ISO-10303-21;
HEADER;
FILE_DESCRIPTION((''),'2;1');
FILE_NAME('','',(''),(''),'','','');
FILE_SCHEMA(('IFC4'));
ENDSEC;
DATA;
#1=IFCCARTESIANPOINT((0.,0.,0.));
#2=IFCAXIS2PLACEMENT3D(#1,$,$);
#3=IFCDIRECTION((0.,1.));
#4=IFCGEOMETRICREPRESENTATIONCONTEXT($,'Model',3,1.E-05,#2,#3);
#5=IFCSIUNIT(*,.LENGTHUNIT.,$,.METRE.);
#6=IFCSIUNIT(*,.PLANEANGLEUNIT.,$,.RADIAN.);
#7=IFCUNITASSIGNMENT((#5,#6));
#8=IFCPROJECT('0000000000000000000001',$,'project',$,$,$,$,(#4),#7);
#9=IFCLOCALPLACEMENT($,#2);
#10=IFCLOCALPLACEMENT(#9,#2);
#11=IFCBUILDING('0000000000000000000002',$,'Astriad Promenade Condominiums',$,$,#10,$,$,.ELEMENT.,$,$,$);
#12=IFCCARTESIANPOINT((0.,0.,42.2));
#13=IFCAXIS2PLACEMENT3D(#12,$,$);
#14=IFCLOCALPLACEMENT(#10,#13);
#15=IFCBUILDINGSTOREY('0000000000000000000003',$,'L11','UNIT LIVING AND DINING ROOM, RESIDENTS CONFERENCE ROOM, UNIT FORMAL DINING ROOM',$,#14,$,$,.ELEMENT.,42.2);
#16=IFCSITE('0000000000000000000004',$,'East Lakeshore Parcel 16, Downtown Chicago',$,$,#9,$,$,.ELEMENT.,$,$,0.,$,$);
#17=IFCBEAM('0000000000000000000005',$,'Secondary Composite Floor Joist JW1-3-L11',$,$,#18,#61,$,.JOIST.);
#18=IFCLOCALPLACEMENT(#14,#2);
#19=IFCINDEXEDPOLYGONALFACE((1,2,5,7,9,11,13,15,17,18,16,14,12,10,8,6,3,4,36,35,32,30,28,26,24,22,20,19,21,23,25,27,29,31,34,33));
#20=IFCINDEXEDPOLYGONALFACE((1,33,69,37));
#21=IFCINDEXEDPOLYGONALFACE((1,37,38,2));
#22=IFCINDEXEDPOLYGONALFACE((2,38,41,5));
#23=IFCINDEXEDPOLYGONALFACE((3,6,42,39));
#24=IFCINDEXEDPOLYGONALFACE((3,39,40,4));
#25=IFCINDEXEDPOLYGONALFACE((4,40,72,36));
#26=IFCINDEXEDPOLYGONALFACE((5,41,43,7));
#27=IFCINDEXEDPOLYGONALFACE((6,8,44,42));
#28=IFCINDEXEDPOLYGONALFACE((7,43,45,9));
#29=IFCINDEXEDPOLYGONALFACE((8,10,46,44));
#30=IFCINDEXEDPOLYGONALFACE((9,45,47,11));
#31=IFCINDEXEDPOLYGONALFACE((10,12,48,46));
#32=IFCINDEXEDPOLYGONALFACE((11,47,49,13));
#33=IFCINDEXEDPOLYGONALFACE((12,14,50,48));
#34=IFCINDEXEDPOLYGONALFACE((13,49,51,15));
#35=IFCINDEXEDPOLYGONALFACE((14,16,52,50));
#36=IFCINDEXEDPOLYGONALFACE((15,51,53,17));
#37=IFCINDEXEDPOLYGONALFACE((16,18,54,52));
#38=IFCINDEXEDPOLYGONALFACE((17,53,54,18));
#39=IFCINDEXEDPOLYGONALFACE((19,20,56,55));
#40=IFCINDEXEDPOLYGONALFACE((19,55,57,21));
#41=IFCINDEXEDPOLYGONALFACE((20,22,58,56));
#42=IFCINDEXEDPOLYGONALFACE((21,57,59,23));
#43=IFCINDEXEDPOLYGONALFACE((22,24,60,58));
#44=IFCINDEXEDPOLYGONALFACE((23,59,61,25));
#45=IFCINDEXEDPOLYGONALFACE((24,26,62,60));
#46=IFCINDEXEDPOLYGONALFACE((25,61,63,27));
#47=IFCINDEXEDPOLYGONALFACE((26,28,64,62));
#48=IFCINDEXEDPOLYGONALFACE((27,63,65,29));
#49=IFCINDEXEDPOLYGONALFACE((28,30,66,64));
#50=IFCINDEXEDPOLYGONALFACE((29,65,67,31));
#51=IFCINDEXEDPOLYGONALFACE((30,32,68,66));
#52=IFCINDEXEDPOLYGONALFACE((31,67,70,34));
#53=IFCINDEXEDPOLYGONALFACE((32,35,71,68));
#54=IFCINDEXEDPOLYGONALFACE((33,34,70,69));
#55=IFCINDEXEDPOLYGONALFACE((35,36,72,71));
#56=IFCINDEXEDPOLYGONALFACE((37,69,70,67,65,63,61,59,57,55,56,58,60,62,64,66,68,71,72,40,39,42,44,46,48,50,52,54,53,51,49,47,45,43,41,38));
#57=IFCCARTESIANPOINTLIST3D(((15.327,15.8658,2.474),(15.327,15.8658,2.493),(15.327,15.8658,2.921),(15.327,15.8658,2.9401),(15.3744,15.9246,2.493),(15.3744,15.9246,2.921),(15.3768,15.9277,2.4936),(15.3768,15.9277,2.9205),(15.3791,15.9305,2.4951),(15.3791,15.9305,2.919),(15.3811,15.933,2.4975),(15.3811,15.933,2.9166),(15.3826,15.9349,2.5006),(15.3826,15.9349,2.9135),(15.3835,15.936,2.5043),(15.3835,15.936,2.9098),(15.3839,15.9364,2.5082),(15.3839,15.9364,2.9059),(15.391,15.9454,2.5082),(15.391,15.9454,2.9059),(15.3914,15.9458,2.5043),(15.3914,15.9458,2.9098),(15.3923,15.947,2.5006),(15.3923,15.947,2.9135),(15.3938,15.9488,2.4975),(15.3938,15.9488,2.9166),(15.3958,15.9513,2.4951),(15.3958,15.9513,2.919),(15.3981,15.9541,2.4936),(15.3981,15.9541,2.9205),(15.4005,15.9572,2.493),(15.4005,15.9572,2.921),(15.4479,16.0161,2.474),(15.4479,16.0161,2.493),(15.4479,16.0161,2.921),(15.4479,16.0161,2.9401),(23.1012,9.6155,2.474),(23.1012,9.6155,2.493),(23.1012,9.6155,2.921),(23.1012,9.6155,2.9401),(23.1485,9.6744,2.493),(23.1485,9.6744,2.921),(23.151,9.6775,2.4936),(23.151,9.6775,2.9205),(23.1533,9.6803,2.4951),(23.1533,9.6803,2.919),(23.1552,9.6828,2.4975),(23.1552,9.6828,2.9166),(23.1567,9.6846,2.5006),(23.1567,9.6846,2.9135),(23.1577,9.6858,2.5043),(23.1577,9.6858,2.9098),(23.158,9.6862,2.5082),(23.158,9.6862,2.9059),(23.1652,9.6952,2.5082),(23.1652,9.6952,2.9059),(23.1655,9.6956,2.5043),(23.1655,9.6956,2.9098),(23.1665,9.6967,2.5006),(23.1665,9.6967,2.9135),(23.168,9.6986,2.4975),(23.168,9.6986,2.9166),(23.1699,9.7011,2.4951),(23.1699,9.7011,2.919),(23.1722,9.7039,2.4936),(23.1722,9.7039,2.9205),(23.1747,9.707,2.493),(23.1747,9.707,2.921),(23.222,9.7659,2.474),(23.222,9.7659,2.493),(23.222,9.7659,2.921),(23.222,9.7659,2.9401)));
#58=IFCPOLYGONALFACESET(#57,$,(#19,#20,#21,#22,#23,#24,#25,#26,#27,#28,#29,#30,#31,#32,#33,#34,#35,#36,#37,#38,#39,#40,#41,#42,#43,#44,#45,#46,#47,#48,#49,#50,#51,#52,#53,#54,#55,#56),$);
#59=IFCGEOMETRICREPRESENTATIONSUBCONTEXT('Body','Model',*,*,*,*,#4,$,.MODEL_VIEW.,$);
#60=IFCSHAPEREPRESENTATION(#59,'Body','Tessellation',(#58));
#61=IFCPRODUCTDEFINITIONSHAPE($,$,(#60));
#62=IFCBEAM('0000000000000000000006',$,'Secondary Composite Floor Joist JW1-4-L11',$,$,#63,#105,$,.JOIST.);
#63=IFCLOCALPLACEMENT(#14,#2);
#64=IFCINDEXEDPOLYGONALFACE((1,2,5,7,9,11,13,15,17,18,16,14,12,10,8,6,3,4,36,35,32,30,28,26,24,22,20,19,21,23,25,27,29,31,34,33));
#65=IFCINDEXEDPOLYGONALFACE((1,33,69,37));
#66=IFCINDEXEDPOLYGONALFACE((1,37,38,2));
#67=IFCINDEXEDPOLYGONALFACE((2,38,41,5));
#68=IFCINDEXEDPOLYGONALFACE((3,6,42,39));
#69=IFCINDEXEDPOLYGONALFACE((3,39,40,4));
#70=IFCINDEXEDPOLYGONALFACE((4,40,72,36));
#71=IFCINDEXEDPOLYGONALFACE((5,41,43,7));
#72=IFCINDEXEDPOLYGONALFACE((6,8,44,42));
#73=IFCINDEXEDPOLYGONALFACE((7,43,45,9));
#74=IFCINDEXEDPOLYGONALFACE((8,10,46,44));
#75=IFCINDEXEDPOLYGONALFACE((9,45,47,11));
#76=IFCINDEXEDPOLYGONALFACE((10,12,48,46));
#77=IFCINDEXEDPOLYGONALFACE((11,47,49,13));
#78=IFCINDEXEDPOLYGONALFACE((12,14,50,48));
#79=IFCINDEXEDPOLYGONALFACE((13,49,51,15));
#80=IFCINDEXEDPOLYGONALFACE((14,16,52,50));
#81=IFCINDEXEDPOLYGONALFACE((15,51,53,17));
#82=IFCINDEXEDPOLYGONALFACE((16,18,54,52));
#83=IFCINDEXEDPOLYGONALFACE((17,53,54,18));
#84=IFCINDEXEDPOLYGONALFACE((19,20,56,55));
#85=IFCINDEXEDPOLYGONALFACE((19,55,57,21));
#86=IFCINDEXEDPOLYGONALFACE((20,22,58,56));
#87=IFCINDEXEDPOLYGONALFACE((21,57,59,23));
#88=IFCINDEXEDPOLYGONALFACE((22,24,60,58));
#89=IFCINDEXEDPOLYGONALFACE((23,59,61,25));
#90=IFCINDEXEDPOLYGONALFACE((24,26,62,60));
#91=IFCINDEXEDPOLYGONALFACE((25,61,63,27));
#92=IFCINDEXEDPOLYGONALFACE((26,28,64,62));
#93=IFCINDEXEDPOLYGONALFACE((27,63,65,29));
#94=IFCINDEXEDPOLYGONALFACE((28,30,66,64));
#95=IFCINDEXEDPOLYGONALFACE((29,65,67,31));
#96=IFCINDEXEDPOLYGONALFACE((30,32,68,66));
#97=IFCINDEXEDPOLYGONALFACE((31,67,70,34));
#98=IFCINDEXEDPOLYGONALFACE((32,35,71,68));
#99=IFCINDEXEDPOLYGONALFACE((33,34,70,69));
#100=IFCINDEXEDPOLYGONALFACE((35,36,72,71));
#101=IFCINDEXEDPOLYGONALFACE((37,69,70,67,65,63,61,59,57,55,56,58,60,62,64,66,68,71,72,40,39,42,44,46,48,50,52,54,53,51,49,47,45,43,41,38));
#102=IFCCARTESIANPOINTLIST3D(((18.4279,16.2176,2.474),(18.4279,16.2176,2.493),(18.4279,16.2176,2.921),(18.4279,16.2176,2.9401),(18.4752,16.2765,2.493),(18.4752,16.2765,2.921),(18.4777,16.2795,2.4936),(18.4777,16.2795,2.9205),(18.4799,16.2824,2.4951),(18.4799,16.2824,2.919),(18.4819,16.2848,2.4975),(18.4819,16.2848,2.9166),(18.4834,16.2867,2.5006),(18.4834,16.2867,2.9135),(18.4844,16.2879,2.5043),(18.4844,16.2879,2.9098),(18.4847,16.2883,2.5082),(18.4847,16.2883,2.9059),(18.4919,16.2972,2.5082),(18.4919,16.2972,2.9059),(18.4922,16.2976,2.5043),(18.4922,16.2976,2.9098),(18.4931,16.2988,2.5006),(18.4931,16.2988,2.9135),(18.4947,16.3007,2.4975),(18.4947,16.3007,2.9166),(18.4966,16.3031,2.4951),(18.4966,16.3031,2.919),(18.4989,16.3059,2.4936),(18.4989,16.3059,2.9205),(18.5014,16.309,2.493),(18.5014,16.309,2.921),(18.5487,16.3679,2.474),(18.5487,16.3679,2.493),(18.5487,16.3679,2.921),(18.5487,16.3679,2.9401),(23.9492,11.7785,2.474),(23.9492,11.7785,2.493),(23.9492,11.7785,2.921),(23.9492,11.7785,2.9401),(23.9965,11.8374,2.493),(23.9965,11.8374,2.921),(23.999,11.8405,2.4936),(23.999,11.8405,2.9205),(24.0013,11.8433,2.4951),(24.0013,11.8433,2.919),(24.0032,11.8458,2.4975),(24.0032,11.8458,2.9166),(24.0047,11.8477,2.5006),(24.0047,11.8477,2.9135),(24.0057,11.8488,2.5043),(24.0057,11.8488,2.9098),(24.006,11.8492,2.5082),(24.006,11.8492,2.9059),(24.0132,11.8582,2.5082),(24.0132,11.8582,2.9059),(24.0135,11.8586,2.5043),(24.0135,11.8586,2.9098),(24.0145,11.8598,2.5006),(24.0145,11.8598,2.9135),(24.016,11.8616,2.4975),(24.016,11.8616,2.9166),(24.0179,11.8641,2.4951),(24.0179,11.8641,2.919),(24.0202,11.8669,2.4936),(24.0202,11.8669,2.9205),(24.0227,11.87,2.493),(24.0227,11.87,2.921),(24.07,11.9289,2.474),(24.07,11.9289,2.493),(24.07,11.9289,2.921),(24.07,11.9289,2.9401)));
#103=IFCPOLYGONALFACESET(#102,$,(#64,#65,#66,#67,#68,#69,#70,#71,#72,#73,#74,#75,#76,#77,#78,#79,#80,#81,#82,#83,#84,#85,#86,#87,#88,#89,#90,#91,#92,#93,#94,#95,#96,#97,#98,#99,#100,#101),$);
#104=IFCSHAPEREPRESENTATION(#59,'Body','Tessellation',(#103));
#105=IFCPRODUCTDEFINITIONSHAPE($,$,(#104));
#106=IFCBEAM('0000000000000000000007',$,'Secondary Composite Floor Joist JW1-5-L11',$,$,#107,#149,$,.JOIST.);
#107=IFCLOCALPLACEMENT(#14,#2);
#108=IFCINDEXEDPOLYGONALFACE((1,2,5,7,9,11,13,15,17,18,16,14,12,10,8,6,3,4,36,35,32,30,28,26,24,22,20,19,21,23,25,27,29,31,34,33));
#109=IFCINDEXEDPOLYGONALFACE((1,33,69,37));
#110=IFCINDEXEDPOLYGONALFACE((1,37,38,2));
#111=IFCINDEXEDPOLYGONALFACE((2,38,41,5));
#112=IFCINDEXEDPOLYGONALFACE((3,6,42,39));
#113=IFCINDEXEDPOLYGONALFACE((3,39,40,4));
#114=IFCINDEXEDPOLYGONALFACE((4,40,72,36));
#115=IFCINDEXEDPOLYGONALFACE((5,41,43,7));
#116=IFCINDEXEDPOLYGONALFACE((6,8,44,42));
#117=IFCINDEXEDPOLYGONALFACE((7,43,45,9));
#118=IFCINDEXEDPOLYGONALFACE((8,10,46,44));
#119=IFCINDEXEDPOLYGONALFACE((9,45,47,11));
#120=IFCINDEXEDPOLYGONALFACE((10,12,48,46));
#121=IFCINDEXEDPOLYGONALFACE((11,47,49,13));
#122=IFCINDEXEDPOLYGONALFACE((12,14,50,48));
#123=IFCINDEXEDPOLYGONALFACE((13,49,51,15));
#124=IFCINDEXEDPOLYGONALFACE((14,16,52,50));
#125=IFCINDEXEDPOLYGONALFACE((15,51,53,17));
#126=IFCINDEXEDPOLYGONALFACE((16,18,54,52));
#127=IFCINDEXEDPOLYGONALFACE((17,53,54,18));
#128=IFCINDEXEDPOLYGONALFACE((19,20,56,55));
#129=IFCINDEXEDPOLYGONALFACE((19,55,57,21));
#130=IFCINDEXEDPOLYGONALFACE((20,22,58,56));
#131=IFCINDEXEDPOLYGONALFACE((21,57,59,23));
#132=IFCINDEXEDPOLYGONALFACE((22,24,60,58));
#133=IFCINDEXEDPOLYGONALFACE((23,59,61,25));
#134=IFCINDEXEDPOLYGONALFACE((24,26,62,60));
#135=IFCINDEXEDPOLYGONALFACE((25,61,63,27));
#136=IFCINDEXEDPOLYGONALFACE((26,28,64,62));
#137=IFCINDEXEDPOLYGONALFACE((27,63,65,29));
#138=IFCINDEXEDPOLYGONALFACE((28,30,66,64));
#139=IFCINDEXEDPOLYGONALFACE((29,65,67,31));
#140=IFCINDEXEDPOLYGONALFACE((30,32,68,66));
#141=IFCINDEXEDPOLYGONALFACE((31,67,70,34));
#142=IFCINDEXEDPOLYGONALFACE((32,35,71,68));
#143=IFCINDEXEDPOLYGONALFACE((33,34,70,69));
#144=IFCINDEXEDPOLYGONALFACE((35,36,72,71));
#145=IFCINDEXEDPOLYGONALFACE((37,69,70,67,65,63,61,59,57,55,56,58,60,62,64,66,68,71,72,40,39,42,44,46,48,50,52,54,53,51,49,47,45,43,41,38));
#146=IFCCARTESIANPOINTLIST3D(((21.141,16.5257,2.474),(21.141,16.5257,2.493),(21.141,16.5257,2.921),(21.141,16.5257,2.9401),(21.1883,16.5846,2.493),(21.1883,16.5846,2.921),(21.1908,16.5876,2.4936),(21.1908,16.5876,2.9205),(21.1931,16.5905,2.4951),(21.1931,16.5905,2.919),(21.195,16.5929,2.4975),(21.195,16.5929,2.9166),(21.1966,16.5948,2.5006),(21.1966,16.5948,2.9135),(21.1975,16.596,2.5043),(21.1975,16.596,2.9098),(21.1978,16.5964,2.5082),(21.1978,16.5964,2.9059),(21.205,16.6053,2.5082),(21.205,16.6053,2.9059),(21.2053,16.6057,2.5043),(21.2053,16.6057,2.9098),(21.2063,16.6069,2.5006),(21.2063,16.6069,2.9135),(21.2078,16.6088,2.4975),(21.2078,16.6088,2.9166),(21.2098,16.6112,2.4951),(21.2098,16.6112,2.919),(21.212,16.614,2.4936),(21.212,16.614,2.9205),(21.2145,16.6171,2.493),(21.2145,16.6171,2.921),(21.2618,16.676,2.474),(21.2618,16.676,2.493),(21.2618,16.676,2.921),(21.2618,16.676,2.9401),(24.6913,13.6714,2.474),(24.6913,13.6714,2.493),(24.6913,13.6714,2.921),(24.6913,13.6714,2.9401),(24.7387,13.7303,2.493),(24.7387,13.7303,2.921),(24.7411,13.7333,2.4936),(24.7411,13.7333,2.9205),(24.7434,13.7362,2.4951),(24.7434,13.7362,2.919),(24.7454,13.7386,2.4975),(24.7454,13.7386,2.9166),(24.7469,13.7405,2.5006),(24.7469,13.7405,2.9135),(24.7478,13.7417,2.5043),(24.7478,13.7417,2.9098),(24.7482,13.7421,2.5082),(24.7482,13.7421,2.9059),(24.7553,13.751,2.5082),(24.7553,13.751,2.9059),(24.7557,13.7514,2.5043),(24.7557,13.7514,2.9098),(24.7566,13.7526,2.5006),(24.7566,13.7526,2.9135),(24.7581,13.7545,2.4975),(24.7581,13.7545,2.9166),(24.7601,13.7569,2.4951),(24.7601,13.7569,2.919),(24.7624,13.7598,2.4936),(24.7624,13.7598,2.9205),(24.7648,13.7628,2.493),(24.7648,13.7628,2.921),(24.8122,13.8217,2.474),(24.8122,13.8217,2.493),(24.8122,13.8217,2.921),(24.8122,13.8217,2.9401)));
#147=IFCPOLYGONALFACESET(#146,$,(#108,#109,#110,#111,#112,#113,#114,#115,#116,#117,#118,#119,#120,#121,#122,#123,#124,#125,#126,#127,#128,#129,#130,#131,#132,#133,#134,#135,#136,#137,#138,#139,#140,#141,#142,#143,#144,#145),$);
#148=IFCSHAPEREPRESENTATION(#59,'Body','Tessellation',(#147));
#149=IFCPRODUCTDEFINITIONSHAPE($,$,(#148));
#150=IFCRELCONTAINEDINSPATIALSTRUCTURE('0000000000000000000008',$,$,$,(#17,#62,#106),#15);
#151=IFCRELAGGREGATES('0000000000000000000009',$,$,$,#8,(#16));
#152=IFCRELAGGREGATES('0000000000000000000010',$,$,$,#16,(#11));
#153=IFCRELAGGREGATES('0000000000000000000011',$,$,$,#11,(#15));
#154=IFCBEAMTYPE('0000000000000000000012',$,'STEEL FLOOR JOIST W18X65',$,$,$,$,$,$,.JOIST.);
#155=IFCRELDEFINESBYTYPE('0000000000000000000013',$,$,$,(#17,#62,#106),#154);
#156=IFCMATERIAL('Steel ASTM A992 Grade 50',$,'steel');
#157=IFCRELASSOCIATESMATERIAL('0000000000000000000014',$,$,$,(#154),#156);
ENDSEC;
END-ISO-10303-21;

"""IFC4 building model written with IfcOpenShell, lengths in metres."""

from ifc_helpers import new_model, si_unit, direction, frame, origin, origin_2d, place, context, subcontext, project, spatial, i_section, extrude, source, transform, mapped, material, material_profile, profile_set, type_object, type_shapes, element, save


model = new_model("IFC4")

# Units and contexts
model_context = context("Model", 3, precision=1e-05, world=origin(), true_north=direction((0.0, 1.0)))
body_context = subcontext(model_context, "Body", "Model", "MODEL_VIEW")
ifc_project = project(units=[si_unit("LENGTHUNIT", "METRE"), si_unit("PLANEANGLEUNIT", "RADIAN")], contexts=[model_context])

# Site, building, storey
site_placement = place(None, origin())
site = spatial("IfcSite", under=ifc_project, at=site_placement, Name="East Lakeshore Parcel 16, Downtown Chicago", CompositionType="ELEMENT", RefElevation=0.0)
building_placement = place(site_placement, origin())
building = spatial("IfcBuilding", under=site, at=building_placement, Name="Astriad Promenade Condominiums", CompositionType="ELEMENT")
storey_placement = place(building_placement, frame((0.0, 0.0, 42.2)))
storey = spatial("IfcBuildingStorey", under=building, at=storey_placement, Name="L11", Description="UNIT LIVING AND DINING ROOM, RESIDENTS CONFERENCE ROOM, UNIT FORMAL DINING ROOM", CompositionType="ELEMENT", Elevation=42.2)

# Beams
ifc_material_1 = material(Name="Steel ASTM A992 Grade 50", Category="steel")
ifc_material_profile = material_profile(ifc_material_1, i_section(OverallWidth=0.1929, OverallDepth=0.4661, WebThickness=0.0115, FlangeThickness=0.019, FilletRadius=0.0151, at=origin_2d()), Name="W18X65")
ifc_profile_set = profile_set([ifc_material_profile], Name="Steel ASTM A992 Grade 50")
beam_type = type_object("IfcBeamType", Name="STEEL FLOOR JOIST W18X65", PredefinedType="JOIST", material=ifc_profile_set)
shared_shape_1 = source(origin(), body_context, "Body", "SweptSolid", [
    extrude(i_section(OverallWidth=0.1929, OverallDepth=0.4661, WebThickness=0.0115, FlangeThickness=0.019, FilletRadius=0.0151, at=origin_2d()), origin(), (0.0, 0.0, 1.0), 9.9751),
])
beam_1_placement = place(storey_placement, frame((15.3875, 15.9409, 2.707), z_axis=(0.779355, -0.626583, 0.0), x_axis=(0.626583, 0.779355, 0.0)))
element("IfcBeam", 1, at=beam_1_placement, inside=storey, type_object=beam_type, Name="Secondary Composite Floor Joist JW1-3-L11", PredefinedType="JOIST", context=body_context, shape_type="MappedRepresentation", body=[
    mapped(shared_shape_1, transform((0.0, 0.0, 0.0), scale=1.0)),
])
shared_shape_2 = source(origin(), body_context, "Body", "SweptSolid", [
    extrude(i_section(OverallWidth=0.1929, OverallDepth=0.4661, WebThickness=0.0115, FlangeThickness=0.019, FilletRadius=0.0151, at=origin_2d()), origin(), (0.0, 0.0, 1.0), 7.0845),
])
beam_2_placement = place(storey_placement, frame((18.4883, 16.2927, 2.707), z_axis=(0.779354, -0.626584, 0.0), x_axis=(0.626584, 0.779354, 0.0)))
element("IfcBeam", 2, at=beam_2_placement, inside=storey, type_object=beam_type, Name="Secondary Composite Floor Joist JW1-4-L11", PredefinedType="JOIST", context=body_context, shape_type="MappedRepresentation", body=[
    mapped(shared_shape_2, transform((0.0, 0.0, 0.0), scale=1.0)),
])
shared_shape_3 = source(origin(), body_context, "Body", "SweptSolid", [
    extrude(i_section(OverallWidth=0.1929, OverallDepth=0.4661, WebThickness=0.0115, FlangeThickness=0.019, FilletRadius=0.0151, at=origin_2d()), origin(), (0.0, 0.0, 1.0), 4.5554),
])
type_shapes(beam_type, [shared_shape_1, shared_shape_2, shared_shape_3])
beam_3_placement = place(storey_placement, frame((21.2014, 16.6008, 2.707), z_axis=(0.779366, -0.626569, 0.0), x_axis=(0.626569, 0.779366, 0.0)))
element("IfcBeam", 3, at=beam_3_placement, inside=storey, type_object=beam_type, Name="Secondary Composite Floor Joist JW1-5-L11", PredefinedType="JOIST", context=body_context, shape_type="MappedRepresentation", body=[
    mapped(shared_shape_3, transform((0.0, 0.0, 0.0), scale=1.0)),
])

save(model, "model.ifc")
